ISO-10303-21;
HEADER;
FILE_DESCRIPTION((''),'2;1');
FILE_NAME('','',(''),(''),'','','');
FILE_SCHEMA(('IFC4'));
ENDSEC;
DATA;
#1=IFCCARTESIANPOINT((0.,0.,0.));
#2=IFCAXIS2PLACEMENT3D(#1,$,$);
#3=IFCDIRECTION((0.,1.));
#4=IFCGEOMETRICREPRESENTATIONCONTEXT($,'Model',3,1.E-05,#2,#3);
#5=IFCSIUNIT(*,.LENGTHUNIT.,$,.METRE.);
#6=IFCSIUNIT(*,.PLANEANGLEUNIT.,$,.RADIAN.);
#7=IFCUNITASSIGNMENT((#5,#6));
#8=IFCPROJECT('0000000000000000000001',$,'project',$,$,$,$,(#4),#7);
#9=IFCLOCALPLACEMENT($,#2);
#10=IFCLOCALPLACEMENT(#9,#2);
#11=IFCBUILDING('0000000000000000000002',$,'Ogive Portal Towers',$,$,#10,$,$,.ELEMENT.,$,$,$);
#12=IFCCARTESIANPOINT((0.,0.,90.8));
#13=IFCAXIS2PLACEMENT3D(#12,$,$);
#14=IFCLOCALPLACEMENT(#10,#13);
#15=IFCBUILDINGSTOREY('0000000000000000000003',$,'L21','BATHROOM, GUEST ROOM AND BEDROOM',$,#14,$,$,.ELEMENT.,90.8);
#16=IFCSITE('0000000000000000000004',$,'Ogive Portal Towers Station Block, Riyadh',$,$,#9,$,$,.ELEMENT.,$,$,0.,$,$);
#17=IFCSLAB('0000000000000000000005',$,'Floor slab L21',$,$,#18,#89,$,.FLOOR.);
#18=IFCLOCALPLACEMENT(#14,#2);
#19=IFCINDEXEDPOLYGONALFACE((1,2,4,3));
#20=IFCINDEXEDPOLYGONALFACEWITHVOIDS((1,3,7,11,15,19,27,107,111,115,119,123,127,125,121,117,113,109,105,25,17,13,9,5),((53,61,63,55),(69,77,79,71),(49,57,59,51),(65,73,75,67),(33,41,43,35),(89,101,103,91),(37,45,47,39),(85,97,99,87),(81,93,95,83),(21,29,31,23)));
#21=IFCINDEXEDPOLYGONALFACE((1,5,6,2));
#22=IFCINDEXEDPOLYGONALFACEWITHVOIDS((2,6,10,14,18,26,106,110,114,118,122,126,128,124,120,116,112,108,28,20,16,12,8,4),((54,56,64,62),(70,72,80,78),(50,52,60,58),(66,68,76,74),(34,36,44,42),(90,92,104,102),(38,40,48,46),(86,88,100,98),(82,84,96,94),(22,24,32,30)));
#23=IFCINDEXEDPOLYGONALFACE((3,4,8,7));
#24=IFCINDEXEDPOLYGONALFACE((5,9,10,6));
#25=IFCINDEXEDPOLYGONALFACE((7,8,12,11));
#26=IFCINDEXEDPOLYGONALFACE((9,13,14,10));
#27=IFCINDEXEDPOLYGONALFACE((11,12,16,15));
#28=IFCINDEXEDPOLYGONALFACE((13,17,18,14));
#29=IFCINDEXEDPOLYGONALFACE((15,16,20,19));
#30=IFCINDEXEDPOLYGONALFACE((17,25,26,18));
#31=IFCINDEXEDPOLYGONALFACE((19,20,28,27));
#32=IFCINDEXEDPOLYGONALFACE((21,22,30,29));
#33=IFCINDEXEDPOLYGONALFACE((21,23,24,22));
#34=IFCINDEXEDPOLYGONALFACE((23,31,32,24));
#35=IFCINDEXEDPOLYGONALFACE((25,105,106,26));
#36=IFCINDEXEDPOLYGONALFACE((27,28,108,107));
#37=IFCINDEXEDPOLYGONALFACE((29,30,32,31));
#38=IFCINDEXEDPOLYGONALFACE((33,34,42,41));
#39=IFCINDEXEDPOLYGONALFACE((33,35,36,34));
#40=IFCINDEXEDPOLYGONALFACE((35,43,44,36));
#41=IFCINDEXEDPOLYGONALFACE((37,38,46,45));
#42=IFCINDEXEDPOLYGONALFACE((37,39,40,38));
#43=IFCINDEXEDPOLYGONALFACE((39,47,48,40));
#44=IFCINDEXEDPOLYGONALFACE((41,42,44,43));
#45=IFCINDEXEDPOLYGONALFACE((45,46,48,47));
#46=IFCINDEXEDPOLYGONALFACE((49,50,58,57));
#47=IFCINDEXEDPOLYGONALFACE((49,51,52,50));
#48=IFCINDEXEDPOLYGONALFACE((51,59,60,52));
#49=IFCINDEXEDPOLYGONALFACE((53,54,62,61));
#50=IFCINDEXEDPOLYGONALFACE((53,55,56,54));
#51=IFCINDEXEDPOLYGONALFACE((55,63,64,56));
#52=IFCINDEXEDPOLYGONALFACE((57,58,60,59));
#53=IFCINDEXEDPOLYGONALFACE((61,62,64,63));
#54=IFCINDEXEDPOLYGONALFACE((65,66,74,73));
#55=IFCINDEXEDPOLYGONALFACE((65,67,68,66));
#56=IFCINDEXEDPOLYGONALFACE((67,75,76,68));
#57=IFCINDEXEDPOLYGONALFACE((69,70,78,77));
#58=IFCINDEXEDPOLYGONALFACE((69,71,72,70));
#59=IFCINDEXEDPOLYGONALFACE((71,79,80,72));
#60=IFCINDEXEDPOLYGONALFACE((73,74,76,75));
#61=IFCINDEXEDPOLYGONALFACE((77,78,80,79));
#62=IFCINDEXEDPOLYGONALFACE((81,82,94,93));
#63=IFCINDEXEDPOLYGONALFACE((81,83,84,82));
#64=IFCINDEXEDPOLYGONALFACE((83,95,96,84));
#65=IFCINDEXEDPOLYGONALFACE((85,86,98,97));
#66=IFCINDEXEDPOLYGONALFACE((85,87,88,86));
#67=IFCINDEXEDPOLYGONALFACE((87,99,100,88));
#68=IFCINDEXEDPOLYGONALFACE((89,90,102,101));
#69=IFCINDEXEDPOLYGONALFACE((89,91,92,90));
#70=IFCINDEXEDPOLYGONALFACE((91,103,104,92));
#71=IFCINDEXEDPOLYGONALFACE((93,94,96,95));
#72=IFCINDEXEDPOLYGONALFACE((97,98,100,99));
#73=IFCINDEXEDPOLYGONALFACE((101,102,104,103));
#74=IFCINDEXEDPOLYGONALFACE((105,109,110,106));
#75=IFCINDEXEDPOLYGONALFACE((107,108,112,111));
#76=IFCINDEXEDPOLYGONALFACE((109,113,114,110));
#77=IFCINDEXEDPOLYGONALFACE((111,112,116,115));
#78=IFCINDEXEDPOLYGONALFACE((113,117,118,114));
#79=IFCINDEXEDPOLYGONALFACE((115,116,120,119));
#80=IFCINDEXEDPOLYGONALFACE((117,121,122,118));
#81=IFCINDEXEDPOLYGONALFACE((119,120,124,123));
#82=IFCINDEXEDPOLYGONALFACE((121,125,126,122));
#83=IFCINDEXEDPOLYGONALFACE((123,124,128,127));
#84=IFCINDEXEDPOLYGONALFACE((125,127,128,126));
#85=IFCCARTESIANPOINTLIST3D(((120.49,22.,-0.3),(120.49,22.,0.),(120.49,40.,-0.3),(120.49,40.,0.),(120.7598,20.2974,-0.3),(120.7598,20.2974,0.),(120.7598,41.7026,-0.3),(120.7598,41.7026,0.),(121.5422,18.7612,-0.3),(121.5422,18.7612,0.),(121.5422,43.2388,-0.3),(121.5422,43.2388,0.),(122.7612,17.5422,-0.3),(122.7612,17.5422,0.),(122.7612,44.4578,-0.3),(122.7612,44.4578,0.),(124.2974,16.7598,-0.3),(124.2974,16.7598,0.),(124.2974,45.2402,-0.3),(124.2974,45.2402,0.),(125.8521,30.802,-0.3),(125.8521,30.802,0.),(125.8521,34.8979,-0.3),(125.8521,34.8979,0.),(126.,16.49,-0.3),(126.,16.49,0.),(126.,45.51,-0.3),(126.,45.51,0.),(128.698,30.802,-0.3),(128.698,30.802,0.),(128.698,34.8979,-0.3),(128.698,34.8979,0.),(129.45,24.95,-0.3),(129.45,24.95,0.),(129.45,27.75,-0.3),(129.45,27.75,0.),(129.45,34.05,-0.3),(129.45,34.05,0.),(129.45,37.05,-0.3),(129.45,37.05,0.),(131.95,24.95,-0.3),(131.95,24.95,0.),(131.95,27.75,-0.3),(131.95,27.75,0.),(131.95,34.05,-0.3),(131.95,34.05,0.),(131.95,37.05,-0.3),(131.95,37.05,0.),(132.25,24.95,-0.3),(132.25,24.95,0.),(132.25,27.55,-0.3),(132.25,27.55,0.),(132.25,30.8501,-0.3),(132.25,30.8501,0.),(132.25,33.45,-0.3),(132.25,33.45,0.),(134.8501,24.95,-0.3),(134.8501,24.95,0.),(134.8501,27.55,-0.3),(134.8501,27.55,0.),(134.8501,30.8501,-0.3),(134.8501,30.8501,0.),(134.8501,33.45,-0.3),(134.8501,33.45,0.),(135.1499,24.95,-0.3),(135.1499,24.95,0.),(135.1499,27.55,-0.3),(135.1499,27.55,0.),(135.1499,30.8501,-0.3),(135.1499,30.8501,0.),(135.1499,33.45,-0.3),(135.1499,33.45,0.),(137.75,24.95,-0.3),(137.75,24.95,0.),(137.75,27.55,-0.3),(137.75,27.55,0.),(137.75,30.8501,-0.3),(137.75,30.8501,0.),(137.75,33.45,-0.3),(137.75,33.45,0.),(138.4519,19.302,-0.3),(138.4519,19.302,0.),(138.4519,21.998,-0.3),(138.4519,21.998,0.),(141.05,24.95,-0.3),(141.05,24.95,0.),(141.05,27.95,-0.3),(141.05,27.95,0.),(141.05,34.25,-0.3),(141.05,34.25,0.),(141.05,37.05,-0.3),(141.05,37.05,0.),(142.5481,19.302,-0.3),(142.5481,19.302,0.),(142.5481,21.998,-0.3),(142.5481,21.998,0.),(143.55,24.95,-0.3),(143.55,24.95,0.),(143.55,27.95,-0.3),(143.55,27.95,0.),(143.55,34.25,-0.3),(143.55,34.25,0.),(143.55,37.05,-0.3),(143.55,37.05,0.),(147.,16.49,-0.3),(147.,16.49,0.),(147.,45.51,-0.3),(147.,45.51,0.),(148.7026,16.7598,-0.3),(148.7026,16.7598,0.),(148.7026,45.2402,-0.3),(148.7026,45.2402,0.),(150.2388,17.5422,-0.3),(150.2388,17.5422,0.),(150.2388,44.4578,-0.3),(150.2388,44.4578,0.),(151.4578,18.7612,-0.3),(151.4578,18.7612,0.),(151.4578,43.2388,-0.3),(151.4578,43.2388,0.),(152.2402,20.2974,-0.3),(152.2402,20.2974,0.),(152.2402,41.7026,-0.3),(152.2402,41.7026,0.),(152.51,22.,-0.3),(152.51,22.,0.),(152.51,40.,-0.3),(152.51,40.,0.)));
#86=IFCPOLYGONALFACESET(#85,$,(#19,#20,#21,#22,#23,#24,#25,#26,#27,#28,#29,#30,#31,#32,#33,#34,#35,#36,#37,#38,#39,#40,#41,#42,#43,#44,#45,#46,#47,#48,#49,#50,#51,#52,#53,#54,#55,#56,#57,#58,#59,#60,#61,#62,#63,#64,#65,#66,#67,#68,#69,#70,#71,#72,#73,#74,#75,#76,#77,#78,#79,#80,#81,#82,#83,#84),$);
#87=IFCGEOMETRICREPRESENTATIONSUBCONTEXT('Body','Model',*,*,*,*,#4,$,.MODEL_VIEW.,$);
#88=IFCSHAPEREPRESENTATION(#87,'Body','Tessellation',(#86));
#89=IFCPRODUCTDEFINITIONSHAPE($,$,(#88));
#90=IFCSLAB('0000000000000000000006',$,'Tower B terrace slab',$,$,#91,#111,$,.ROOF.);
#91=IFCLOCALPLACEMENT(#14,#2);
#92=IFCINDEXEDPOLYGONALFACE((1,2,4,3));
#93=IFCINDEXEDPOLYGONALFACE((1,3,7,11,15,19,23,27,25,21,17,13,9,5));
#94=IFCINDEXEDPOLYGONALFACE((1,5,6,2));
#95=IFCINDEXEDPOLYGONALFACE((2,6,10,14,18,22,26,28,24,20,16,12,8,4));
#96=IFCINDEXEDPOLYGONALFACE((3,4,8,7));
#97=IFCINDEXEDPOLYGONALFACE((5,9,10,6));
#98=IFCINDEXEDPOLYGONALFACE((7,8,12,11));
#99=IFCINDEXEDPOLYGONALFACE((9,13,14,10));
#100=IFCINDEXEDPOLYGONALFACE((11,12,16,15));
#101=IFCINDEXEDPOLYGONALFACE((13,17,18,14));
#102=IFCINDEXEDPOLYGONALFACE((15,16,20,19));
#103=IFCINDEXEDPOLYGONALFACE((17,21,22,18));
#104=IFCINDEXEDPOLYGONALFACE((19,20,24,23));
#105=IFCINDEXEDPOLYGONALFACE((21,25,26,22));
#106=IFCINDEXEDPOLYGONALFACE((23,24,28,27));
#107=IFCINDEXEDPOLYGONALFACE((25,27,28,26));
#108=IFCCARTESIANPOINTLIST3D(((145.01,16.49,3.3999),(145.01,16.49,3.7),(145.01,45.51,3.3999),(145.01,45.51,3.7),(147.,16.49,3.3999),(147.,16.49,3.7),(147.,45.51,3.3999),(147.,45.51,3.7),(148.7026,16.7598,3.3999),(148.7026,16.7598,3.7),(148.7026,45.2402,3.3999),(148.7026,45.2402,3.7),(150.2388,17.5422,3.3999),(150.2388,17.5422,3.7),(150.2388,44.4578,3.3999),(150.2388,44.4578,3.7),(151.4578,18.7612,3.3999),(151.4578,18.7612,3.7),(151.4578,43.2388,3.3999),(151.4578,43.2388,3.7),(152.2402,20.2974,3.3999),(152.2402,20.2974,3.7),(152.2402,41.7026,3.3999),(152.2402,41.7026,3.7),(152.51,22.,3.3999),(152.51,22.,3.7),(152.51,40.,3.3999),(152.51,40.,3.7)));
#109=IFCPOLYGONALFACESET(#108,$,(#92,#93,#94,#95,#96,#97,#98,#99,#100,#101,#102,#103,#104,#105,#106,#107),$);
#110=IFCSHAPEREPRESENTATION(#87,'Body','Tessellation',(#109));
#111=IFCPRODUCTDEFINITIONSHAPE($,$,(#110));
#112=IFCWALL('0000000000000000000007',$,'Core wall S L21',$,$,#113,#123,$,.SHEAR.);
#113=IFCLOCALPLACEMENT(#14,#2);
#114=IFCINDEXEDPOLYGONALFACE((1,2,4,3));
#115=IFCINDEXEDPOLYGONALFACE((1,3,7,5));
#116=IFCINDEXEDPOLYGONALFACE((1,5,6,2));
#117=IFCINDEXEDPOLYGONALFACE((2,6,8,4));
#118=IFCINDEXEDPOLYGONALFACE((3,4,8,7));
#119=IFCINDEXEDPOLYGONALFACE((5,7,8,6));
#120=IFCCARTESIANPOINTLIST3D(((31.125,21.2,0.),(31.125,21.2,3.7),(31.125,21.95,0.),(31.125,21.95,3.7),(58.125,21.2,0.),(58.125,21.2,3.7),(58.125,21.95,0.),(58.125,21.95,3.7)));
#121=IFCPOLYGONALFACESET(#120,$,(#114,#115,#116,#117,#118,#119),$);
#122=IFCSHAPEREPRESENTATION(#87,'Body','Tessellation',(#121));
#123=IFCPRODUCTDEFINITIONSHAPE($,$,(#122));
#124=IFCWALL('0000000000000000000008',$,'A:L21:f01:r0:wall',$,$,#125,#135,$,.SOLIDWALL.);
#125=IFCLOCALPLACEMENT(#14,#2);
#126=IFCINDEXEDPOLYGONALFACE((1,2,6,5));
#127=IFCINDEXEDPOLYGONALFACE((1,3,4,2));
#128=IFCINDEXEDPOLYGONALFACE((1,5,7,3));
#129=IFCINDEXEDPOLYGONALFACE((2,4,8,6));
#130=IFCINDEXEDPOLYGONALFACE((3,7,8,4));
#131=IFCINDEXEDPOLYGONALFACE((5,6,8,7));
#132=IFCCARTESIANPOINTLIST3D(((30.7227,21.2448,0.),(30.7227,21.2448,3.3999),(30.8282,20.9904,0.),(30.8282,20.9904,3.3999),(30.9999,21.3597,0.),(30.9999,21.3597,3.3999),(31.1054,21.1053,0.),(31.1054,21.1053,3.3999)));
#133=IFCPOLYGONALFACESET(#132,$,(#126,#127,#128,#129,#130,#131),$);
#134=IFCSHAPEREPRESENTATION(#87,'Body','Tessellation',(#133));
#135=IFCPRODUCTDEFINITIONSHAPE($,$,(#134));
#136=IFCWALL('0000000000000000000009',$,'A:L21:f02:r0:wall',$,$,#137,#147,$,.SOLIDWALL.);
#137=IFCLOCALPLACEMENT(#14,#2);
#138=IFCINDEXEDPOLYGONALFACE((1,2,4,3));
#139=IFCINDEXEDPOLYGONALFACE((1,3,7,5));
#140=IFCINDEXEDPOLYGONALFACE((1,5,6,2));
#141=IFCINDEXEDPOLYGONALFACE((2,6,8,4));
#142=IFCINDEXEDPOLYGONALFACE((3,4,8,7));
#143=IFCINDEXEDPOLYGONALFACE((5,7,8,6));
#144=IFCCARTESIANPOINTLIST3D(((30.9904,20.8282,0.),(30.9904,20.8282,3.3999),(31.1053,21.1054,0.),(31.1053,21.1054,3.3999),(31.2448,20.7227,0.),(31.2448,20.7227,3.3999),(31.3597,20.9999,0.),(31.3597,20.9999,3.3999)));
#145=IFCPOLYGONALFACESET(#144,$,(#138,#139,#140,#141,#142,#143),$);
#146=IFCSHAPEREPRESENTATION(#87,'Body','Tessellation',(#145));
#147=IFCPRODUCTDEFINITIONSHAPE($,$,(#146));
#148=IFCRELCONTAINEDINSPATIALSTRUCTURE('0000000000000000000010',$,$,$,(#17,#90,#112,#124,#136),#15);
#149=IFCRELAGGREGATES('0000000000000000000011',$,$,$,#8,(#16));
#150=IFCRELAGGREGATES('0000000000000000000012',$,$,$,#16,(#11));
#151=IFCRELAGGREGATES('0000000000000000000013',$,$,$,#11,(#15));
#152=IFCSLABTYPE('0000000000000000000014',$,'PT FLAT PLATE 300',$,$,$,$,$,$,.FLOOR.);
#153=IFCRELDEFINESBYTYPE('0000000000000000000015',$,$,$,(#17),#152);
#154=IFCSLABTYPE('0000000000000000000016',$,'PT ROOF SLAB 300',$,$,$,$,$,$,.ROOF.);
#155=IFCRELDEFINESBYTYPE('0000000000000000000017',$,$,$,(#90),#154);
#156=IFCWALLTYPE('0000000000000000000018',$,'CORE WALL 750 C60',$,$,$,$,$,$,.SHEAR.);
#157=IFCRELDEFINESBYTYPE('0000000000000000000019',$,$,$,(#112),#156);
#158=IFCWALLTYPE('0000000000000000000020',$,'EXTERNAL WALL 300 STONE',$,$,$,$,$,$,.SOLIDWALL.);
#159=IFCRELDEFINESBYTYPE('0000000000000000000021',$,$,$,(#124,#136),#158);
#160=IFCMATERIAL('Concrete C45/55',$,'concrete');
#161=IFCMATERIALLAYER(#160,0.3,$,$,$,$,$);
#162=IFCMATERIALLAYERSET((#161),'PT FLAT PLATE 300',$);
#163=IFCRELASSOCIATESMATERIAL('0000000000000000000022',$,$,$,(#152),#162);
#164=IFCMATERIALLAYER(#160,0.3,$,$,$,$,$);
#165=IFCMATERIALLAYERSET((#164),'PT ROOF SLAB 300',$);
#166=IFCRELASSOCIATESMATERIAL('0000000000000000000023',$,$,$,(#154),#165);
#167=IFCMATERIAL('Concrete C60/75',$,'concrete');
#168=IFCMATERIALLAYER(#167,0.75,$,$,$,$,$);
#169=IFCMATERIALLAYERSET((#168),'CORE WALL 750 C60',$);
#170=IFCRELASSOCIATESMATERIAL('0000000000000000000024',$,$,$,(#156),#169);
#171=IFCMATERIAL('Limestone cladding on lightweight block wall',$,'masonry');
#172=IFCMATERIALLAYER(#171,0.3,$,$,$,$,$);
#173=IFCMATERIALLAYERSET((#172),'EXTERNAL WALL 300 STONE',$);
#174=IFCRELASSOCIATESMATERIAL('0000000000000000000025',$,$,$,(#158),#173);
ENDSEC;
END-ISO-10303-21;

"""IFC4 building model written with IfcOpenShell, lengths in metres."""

from ifc_helpers import new_model, si_unit, direction, frame, frame_2d, origin, place, context, subcontext, project, spatial, polyline, rectangle, outline, extrude, material, layer, layer_set, type_object, element, save


model = new_model("IFC4")

# Units and contexts
model_context = context("Model", 3, precision=1e-05, world=origin(), true_north=direction((0.0, 1.0)))
body_context = subcontext(model_context, "Body", "Model", "MODEL_VIEW")
ifc_project = project(units=[si_unit("LENGTHUNIT", "METRE"), si_unit("PLANEANGLEUNIT", "RADIAN")], contexts=[model_context])

# Site, building, storey
site_placement = place(None, origin())
site = spatial("IfcSite", under=ifc_project, at=site_placement, Name="Ogive Portal Towers Station Block, Riyadh", CompositionType="ELEMENT", RefElevation=0.0)
building_placement = place(site_placement, origin())
building = spatial("IfcBuilding", under=site, at=building_placement, Name="Ogive Portal Towers", CompositionType="ELEMENT")
storey_placement = place(building_placement, frame((0.0, 0.0, 90.8)))
storey = spatial("IfcBuildingStorey", under=building, at=storey_placement, Name="L21", Description="BATHROOM, GUEST ROOM AND BEDROOM", CompositionType="ELEMENT", Elevation=90.8)

# Slabs
ifc_material_1 = material(Name="Concrete C45/55", Category="concrete")
ifc_layer_1 = layer(ifc_material_1, 0.3)
ifc_layer_set_1 = layer_set([ifc_layer_1], Name="PT FLAT PLATE 300")
slab_type_1 = type_object("IfcSlabType", Name="PT FLAT PLATE 300", PredefinedType="FLOOR", material=ifc_layer_set_1)
slab_1_placement = place(storey_placement, frame((0.0, 0.0, -0.3)))
element("IfcSlab", 1, at=slab_1_placement, inside=storey, type_object=slab_type_1, Name="Floor slab L21", PredefinedType="FLOOR", context=body_context, shape_type="SweptSolid", body=[
    extrude(outline(polyline([(120.49, 40.0), (120.49, 22.0), (120.7598, 20.2974), (121.5422, 18.7612), (122.7612, 17.5422), (124.2974, 16.7598), (126.0, 16.49), (147.0, 16.49), (148.7026, 16.7598), (150.2388, 17.5422), (151.4578, 18.7612), (152.2402, 20.2974), (152.51, 22.0), (152.51, 40.0), (152.2402, 41.7026), (151.4578, 43.2388), (150.2388, 44.4578), (148.7026, 45.2402), (147.0, 45.51), (126.0, 45.51), (124.2974, 45.2402), (122.7612, 44.4578), (121.5422, 43.2388), (120.7598, 41.7026), (120.49, 40.0)]), holes=[polyline([(131.95, 27.75), (131.95, 24.95), (129.45, 24.95), (129.45, 27.75), (131.95, 27.75)]), polyline([(128.698, 34.8979), (128.698, 30.802), (125.8521, 30.802), (125.8521, 34.8979), (128.698, 34.8979)]), polyline([(131.95, 37.05), (131.95, 34.05), (129.45, 34.05), (129.45, 37.05), (131.95, 37.05)]), polyline([(138.4519, 21.998), (142.5481, 21.998), (142.5481, 19.302), (138.4519, 19.302), (138.4519, 21.998)]), polyline([(134.8501, 27.55), (134.8501, 24.95), (132.25, 24.95), (132.25, 27.55), (134.8501, 27.55)]), polyline([(137.75, 27.55), (137.75, 24.95), (135.1499, 24.95), (135.1499, 27.55), (137.75, 27.55)]), polyline([(143.55, 27.95), (143.55, 24.95), (141.05, 24.95), (141.05, 27.95), (143.55, 27.95)]), polyline([(134.8501, 33.45), (134.8501, 30.8501), (132.25, 30.8501), (132.25, 33.45), (134.8501, 33.45)]), polyline([(137.75, 33.45), (137.75, 30.8501), (135.1499, 30.8501), (135.1499, 33.45), (137.75, 33.45)]), polyline([(141.05, 37.05), (143.55, 37.05), (143.55, 34.25), (141.05, 34.25), (141.05, 37.05)])]), origin(), (0.0, 0.0, 1.0), 0.3),
])
ifc_layer_2 = layer(ifc_material_1, 0.3)
ifc_layer_set_2 = layer_set([ifc_layer_2], Name="PT ROOF SLAB 300")
slab_type_2 = type_object("IfcSlabType", Name="PT ROOF SLAB 300", PredefinedType="ROOF", material=ifc_layer_set_2)
slab_2_placement = place(storey_placement, frame((0.0, 0.0, 3.3999)))
element("IfcSlab", 2, at=slab_2_placement, inside=storey, type_object=slab_type_2, Name="Tower B terrace slab", PredefinedType="ROOF", context=body_context, shape_type="SweptSolid", body=[
    extrude(outline(polyline([(148.7026, 45.2402), (147.0, 45.51), (145.01, 45.51), (145.01, 16.49), (147.0, 16.49), (148.7026, 16.7598), (150.2388, 17.5422), (151.4578, 18.7612), (152.2402, 20.2974), (152.51, 22.0), (152.51, 40.0), (152.2402, 41.7026), (151.4578, 43.2388), (150.2388, 44.4578), (148.7026, 45.2402)])), origin(), (0.0, 0.0, 1.0), 0.3),
])

# Walls
ifc_material_2 = material(Name="Concrete C60/75", Category="concrete")
ifc_layer_3 = layer(ifc_material_2, 0.75)
ifc_layer_set_3 = layer_set([ifc_layer_3], Name="CORE WALL 750 C60")
wall_type_1 = type_object("IfcWallType", Name="CORE WALL 750 C60", PredefinedType="SHEAR", material=ifc_layer_set_3)
wall_placement = place(storey_placement, frame((31.125, 21.575, 0.0), z_axis=(0.0, 0.0, 1.0), x_axis=(1.0, 0.0, 0.0)))
element("IfcWall", 3, at=wall_placement, inside=storey, type_object=wall_type_1, Name="Core wall S L21", PredefinedType="SHEAR", context=body_context, shape_type="SweptSolid", body=[
    extrude(rectangle(XDim=27.0, YDim=0.75, at=frame_2d((13.5, 0.0))), origin(), (0.0, 0.0, 1.0), 3.7),
])
ifc_material_3 = material(Name="Limestone cladding on lightweight block wall", Category="masonry")
ifc_layer_4 = layer(ifc_material_3, 0.3)
ifc_layer_set_4 = layer_set([ifc_layer_4], Name="EXTERNAL WALL 300 STONE")
wall_type_2 = type_object("IfcWallType", Name="EXTERNAL WALL 300 STONE", PredefinedType="SOLIDWALL", material=ifc_layer_set_4)
for number, where, z_axis, x_axis, name in (
    (4, (30.8613, 21.3022, 0.0), (0.0, 0.0, 1.0), (0.382978, -0.923757, 0.0), "A:L21:f01:r0:wall"),
    (5, (31.0479, 20.9668, 0.0), (0.0, 0.0, 1.0), (0.923757, -0.382978, 0.0), "A:L21:f02:r0:wall"),
):
    element("IfcWall", number, at=place(storey_placement, frame(where, z_axis=z_axis, x_axis=x_axis)), inside=storey, type_object=wall_type_2, Name=name, PredefinedType="SOLIDWALL", context=body_context, shape_type="SweptSolid", body=[
        extrude(rectangle(XDim=0.2754, YDim=0.3, at=frame_2d((0.1377, 0.0))), origin(), (0.0, 0.0, 1.0), 3.3999),
    ])

save(model, "model.ifc")
